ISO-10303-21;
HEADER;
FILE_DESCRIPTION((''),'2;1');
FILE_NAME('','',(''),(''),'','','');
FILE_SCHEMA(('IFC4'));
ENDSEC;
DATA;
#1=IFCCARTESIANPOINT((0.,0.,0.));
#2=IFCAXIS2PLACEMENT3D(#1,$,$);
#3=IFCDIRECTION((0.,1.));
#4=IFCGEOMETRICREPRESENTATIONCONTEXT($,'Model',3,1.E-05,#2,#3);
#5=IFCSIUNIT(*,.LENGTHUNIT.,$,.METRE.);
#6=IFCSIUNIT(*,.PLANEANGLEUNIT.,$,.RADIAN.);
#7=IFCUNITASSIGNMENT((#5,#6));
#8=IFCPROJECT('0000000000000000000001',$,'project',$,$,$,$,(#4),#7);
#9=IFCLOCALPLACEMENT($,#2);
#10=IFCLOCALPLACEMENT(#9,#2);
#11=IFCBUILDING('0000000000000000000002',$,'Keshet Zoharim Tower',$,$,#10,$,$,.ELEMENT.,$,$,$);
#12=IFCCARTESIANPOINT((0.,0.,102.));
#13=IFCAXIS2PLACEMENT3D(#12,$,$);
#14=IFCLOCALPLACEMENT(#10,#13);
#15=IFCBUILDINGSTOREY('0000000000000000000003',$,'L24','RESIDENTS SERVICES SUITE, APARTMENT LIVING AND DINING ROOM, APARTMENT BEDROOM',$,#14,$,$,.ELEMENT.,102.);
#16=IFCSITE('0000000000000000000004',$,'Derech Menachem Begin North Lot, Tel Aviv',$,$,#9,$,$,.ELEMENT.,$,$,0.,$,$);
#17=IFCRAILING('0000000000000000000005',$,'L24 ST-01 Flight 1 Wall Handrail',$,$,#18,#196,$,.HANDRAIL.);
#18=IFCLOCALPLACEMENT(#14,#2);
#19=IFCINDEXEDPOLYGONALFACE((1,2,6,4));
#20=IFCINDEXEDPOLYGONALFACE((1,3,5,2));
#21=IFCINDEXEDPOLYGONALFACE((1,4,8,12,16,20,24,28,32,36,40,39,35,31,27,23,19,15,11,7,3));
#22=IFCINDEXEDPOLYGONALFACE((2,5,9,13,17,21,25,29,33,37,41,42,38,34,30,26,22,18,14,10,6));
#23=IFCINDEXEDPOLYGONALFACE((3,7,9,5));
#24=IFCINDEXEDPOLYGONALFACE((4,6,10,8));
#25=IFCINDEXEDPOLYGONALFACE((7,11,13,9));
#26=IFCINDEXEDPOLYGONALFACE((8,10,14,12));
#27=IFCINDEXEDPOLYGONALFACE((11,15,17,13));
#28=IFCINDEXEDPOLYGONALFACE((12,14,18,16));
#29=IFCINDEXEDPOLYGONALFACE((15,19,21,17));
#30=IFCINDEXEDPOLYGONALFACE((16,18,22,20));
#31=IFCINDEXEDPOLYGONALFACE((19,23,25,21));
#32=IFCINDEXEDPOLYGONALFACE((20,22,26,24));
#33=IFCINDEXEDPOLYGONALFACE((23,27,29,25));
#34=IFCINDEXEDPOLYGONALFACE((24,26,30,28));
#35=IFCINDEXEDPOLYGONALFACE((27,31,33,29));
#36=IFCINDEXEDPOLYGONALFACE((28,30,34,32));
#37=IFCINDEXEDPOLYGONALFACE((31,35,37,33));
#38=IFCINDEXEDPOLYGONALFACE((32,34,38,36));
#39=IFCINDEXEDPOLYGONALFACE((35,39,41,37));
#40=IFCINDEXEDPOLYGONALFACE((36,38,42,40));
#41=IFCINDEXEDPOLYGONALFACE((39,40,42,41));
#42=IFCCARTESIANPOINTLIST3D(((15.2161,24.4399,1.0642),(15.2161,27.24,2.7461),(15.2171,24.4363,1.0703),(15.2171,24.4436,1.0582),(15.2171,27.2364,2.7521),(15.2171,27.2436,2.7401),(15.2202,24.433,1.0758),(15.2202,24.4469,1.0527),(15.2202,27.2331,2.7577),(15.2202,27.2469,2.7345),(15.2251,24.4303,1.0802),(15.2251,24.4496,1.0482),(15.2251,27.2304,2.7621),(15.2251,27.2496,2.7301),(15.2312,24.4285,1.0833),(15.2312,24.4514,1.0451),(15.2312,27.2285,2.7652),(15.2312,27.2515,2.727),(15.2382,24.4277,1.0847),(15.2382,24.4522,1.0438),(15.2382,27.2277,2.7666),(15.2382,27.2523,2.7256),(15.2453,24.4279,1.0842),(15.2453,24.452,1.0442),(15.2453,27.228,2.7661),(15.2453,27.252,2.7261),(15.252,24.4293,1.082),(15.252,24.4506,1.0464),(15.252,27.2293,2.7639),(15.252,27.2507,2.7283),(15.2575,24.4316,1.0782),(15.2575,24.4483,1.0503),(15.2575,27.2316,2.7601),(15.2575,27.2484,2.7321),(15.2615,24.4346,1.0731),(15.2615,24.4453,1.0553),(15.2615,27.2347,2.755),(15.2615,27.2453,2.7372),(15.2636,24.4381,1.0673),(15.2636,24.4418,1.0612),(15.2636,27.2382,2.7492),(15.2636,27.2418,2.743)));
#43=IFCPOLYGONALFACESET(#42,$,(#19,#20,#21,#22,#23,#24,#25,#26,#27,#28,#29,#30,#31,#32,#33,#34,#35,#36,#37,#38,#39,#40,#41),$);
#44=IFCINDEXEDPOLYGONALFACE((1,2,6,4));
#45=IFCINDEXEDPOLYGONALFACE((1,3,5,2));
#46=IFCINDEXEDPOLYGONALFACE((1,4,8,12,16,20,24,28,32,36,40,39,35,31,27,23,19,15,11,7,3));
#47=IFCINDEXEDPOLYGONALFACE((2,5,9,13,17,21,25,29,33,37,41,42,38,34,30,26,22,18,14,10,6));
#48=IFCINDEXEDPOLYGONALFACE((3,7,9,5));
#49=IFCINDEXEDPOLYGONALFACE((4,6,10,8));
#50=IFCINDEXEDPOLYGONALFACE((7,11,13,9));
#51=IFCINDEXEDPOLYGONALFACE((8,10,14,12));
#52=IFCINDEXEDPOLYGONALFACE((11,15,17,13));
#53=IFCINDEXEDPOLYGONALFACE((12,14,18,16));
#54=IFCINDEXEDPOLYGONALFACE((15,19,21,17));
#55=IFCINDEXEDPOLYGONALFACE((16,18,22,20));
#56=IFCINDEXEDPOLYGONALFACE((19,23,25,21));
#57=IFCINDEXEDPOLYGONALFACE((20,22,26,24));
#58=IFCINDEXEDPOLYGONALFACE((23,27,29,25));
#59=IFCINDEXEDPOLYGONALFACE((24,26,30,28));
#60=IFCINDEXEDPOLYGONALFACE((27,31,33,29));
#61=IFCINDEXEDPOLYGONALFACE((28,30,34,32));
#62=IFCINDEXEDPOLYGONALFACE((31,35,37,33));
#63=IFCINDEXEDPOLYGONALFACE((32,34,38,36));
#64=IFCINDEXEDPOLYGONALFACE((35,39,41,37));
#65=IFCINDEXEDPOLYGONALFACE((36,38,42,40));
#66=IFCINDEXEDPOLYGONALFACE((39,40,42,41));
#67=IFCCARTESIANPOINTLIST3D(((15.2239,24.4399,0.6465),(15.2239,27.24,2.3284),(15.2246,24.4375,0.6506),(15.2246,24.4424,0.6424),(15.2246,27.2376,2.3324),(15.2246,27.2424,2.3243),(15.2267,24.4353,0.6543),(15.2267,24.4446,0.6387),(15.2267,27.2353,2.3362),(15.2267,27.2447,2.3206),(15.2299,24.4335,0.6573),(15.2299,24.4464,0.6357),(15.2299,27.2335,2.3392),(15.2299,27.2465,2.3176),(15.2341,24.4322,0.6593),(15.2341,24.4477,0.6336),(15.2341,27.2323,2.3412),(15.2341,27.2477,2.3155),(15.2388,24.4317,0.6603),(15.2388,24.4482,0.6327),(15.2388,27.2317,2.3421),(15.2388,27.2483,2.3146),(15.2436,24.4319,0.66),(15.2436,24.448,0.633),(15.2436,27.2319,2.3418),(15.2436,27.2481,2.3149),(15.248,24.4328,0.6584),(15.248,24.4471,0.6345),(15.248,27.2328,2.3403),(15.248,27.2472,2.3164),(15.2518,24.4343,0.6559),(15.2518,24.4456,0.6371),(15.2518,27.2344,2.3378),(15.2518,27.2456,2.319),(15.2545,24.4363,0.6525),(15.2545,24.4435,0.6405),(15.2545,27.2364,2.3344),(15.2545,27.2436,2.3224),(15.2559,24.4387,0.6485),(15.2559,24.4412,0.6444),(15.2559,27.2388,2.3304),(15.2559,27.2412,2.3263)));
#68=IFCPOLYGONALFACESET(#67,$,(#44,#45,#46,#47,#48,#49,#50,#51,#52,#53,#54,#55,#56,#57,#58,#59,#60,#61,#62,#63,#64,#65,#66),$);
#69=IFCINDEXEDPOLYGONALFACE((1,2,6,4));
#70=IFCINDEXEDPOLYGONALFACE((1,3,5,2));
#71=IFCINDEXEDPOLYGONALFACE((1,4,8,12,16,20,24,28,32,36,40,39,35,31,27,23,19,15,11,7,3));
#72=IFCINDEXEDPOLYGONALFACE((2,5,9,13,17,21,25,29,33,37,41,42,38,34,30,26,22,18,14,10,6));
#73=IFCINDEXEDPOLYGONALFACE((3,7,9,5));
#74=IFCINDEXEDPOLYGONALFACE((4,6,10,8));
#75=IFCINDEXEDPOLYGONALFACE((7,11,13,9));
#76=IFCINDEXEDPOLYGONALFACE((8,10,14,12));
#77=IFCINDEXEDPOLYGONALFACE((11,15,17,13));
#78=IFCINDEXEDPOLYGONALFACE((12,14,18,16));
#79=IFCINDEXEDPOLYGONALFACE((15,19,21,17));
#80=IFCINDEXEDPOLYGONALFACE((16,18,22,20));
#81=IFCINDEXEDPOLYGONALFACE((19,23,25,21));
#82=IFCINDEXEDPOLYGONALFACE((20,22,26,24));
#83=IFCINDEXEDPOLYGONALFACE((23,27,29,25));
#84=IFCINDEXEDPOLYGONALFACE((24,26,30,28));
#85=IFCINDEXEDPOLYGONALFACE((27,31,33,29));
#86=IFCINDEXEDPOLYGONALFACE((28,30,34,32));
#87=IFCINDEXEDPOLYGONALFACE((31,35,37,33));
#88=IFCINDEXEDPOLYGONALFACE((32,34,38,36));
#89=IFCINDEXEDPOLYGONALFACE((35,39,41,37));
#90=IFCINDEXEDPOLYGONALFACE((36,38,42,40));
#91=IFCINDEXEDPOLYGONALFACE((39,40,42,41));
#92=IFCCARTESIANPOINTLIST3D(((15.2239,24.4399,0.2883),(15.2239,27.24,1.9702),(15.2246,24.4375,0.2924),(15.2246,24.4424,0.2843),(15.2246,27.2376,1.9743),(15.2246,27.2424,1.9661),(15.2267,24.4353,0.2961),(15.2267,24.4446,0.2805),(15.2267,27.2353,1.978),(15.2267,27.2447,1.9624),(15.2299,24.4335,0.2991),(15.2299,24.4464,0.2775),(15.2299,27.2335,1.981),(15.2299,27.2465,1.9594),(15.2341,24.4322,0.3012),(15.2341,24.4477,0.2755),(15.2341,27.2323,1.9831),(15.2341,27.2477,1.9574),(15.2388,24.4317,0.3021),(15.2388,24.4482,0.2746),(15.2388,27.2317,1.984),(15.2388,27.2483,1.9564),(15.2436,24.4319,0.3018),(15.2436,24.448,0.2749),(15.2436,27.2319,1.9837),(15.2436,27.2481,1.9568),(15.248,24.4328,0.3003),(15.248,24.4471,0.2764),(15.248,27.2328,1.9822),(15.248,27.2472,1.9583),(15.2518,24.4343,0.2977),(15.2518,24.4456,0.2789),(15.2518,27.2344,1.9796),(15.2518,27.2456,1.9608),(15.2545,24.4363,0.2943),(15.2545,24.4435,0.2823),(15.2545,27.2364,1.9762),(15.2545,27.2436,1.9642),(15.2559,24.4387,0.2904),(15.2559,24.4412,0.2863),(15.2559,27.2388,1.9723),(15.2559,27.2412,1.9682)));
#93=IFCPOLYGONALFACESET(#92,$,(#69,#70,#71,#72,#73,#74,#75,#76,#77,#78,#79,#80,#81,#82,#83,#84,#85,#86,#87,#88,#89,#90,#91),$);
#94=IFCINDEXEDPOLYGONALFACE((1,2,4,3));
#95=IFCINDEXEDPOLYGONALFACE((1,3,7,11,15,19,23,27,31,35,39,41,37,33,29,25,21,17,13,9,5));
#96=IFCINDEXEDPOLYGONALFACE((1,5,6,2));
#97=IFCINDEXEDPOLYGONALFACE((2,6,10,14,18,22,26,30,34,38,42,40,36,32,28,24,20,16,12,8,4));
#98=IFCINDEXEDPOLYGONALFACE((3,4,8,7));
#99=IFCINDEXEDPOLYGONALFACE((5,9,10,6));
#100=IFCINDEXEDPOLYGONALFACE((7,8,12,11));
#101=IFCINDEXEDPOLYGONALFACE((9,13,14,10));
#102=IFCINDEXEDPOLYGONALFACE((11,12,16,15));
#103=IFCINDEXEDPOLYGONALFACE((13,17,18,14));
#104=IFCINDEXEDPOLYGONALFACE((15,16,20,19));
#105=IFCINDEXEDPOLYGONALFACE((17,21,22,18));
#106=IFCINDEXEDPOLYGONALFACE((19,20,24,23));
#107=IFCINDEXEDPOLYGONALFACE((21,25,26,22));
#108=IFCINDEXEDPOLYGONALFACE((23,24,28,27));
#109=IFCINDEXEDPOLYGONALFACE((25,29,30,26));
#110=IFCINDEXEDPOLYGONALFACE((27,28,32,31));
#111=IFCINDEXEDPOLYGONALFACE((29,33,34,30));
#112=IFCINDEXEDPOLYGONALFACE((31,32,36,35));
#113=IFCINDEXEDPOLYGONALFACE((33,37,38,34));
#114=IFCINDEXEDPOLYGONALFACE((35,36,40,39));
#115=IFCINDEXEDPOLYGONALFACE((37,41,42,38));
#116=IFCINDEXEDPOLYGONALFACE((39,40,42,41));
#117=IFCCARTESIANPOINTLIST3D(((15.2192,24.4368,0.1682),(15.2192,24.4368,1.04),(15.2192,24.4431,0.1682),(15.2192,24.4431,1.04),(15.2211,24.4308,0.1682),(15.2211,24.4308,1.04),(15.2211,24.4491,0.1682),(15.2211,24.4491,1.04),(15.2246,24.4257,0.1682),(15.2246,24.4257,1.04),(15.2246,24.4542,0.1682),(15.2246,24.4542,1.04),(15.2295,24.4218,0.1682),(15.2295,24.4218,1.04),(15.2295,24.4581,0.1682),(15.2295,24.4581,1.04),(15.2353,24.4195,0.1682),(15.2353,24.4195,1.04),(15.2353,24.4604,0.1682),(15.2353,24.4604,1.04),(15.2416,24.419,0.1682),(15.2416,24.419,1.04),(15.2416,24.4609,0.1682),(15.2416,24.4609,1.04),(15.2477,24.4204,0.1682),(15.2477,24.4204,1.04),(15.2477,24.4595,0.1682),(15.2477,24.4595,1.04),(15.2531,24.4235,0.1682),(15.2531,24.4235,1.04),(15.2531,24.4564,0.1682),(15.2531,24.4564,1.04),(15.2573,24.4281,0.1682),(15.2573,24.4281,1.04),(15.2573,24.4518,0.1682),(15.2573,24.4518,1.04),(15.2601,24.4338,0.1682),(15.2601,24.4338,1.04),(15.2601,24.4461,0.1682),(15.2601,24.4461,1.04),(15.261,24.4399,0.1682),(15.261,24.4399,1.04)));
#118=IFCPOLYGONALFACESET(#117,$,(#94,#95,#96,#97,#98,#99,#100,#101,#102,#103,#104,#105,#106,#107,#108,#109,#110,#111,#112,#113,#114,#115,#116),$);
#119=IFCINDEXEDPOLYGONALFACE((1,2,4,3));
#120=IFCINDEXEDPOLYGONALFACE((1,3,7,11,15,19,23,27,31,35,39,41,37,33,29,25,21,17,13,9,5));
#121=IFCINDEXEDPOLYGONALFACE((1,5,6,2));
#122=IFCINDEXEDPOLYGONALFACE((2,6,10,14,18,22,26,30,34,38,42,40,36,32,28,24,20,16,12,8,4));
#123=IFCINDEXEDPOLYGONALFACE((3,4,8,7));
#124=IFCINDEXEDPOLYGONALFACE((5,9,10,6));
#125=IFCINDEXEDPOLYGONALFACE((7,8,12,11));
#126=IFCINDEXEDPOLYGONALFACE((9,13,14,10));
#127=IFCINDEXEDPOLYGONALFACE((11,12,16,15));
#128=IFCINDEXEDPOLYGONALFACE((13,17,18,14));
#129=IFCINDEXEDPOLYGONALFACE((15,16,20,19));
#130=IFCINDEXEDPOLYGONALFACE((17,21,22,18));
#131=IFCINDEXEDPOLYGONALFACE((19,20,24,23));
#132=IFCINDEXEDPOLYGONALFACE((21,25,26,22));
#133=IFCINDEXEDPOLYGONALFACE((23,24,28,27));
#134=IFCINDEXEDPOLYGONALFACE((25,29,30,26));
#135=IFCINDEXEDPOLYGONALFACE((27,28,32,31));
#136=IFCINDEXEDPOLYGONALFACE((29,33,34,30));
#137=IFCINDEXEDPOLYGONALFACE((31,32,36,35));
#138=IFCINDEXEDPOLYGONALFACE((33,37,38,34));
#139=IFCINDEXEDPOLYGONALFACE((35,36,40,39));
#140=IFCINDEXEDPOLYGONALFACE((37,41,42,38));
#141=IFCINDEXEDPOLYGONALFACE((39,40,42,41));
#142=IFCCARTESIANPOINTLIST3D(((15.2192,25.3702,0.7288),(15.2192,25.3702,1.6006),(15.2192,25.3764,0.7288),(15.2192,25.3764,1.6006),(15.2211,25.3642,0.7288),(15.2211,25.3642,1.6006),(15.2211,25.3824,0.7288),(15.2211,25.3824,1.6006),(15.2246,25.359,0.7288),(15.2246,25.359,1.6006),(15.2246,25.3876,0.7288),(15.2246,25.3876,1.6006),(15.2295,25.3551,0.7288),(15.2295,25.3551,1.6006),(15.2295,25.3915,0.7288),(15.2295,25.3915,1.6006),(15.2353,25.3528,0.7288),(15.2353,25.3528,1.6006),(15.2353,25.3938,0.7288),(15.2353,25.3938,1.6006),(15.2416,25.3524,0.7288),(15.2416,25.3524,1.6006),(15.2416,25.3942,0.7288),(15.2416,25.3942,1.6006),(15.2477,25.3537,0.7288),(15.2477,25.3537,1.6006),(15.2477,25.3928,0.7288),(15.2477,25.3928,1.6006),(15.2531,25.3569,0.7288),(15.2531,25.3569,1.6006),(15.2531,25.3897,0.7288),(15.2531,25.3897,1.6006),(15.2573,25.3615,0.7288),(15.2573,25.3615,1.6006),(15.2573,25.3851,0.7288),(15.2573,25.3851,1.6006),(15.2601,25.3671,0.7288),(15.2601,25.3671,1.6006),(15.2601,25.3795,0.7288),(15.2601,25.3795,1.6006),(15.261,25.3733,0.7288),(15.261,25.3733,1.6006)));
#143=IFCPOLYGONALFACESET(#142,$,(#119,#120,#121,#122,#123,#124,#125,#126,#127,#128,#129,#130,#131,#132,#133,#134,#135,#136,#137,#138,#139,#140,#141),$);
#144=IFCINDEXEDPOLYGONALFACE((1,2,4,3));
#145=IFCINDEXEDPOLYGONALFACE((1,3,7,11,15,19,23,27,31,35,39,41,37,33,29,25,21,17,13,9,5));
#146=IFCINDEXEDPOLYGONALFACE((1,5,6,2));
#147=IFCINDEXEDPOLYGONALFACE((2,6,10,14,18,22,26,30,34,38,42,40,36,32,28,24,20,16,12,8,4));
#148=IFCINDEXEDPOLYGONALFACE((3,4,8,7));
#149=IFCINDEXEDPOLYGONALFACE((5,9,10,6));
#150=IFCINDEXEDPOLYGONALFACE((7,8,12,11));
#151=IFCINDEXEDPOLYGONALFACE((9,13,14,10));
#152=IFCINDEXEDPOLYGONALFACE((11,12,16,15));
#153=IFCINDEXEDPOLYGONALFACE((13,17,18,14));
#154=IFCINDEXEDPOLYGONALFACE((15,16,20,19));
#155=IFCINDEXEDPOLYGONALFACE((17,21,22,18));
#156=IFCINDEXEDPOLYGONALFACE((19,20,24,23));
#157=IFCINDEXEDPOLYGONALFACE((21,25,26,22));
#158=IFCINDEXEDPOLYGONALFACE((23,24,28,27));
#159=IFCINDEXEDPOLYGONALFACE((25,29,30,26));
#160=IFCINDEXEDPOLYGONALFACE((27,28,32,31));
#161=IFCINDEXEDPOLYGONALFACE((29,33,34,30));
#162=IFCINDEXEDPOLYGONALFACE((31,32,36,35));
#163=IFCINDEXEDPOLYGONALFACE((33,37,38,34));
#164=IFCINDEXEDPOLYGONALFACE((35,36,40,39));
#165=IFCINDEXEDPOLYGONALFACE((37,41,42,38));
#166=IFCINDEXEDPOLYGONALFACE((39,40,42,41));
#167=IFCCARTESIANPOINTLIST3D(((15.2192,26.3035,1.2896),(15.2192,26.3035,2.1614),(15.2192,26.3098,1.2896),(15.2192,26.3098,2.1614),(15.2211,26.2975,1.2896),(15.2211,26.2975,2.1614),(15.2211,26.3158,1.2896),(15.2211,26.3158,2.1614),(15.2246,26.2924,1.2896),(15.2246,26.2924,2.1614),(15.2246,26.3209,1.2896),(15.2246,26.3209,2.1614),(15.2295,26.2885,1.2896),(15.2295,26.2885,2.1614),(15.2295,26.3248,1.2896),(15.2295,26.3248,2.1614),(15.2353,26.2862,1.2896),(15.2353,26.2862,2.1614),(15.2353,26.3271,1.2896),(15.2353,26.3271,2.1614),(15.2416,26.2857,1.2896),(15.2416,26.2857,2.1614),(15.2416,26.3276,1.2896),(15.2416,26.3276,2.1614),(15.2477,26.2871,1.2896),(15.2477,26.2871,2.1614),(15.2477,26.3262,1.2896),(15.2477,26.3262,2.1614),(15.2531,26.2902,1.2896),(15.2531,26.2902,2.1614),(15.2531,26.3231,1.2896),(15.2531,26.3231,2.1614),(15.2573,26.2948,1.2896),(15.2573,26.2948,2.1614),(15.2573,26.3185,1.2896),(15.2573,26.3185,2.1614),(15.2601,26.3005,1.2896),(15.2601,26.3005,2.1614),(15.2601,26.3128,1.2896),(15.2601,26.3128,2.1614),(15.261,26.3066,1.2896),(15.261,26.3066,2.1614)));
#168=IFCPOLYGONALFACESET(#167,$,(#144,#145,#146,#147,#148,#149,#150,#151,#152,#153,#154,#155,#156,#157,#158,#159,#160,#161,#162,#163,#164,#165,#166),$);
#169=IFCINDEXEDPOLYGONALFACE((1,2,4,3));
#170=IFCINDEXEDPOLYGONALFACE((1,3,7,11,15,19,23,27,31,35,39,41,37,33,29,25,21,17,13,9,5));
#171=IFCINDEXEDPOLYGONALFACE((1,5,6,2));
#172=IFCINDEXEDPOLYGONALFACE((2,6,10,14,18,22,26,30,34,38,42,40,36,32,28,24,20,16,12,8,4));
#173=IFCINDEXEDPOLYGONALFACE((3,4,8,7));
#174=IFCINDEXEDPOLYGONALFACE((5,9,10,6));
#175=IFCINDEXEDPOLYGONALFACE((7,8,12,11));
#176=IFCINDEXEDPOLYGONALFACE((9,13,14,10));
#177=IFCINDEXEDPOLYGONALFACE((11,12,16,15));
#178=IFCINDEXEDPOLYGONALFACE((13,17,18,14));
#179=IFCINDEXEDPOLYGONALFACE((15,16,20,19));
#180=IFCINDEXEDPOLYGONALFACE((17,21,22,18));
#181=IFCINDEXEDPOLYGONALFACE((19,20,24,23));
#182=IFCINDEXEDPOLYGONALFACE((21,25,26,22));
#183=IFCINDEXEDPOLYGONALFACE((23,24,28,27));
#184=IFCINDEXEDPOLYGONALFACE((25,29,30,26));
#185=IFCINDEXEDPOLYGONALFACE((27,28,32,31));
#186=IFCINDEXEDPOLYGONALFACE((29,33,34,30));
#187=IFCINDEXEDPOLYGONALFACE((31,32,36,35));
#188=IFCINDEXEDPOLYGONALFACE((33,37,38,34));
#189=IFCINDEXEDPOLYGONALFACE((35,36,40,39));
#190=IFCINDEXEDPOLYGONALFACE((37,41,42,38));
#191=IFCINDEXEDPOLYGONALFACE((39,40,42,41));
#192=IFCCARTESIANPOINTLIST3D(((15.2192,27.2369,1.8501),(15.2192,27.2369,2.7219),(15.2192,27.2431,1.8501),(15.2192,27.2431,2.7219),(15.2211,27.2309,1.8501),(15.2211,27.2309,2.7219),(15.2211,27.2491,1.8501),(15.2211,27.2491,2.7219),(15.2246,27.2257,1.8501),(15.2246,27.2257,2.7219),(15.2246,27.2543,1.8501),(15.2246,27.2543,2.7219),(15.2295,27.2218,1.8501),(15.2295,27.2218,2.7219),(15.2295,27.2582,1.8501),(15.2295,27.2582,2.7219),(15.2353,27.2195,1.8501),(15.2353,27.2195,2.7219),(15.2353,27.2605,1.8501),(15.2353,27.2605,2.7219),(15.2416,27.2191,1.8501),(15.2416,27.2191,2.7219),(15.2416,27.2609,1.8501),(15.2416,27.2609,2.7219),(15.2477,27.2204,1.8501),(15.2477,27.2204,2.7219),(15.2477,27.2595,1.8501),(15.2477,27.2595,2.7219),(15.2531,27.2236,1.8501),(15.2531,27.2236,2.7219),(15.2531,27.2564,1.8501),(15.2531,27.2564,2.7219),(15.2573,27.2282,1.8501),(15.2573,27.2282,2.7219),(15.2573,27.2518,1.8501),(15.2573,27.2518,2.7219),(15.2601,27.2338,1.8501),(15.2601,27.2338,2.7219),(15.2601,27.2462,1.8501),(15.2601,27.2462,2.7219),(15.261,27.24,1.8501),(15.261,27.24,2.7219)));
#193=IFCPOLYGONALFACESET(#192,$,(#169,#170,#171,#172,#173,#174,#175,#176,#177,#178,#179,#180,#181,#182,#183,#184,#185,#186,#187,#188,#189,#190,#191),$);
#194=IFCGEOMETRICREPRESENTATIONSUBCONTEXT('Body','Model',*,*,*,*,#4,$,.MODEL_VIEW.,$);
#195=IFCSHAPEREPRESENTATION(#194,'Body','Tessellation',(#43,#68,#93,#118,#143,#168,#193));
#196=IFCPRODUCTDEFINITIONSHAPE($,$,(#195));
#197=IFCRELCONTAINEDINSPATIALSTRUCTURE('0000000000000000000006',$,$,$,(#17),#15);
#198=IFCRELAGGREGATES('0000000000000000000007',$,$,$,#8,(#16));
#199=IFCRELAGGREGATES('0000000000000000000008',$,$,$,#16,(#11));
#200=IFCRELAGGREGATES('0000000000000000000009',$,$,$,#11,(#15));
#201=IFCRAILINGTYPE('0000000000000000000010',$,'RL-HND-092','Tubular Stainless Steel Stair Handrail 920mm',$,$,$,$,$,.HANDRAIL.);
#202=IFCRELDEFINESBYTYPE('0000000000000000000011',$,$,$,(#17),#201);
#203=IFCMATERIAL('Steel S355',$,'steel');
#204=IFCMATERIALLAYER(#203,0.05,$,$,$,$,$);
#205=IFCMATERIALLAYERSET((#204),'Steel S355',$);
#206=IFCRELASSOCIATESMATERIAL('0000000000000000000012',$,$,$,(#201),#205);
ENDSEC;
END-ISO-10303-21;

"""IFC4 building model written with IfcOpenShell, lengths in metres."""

from ifc_helpers import new_model, si_unit, direction, frame, origin, origin_2d, place, context, subcontext, project, spatial, circle, extrude, material, layer, layer_set, type_object, element, save


model = new_model("IFC4")

# Units and contexts
model_context = context("Model", 3, precision=1e-05, world=origin(), true_north=direction((0.0, 1.0)))
body_context = subcontext(model_context, "Body", "Model", "MODEL_VIEW")
ifc_project = project(units=[si_unit("LENGTHUNIT", "METRE"), si_unit("PLANEANGLEUNIT", "RADIAN")], contexts=[model_context])

# Site, building, storey
site_placement = place(None, origin())
site = spatial("IfcSite", under=ifc_project, at=site_placement, Name="Derech Menachem Begin North Lot, Tel Aviv", CompositionType="ELEMENT", RefElevation=0.0)
building_placement = place(site_placement, origin())
building = spatial("IfcBuilding", under=site, at=building_placement, Name="Keshet Zoharim Tower", CompositionType="ELEMENT")
storey_placement = place(building_placement, frame((0.0, 0.0, 102.0)))
storey = spatial("IfcBuildingStorey", under=building, at=storey_placement, Name="L24", Description="RESIDENTS SERVICES SUITE, APARTMENT LIVING AND DINING ROOM, APARTMENT BEDROOM", CompositionType="ELEMENT", Elevation=102.0)

# Railing
ifc_material_1 = material(Name="Steel S355", Category="steel")
ifc_layer_1 = layer(ifc_material_1, 0.05)
ifc_layer_set_1 = layer_set([ifc_layer_1], Name="Steel S355")
railing_type_1 = type_object("IfcRailingType", Name="RL-HND-092", Description="Tubular Stainless Steel Stair Handrail 920mm", PredefinedType="HANDRAIL", material=ifc_layer_set_1)
railing_1_placement = place(storey_placement, frame((15.24, 24.4399, 0.1682)))
element("IfcRailing", 1, at=railing_1_placement, inside=storey, type_object=railing_type_1, Name="L24 ST-01 Flight 1 Wall Handrail", PredefinedType="HANDRAIL", context=body_context, shape_type="SweptSolid", body=[
    extrude(circle(Radius=0.0239, at=origin_2d()), frame((0.0, 0.0, 0.896), z_axis=(0.0, 0.857242, 0.514913), x_axis=(-1.0, 0.0, 0.0)), (0.0, 0.0, 1.0), 3.2664),
    extrude(circle(Radius=0.0161, at=origin_2d()), frame((0.0, 0.0, 0.4783), z_axis=(0.0, 0.857242, 0.514913), x_axis=(-1.0, 0.0, 0.0)), (0.0, 0.0, 1.0), 3.2664),
    extrude(circle(Radius=0.0161, at=origin_2d()), frame((0.0, 0.0, 0.1201), z_axis=(0.0, 0.857242, 0.514913), x_axis=(-1.0, 0.0, 0.0)), (0.0, 0.0, 1.0), 3.2664),
    extrude(circle(Radius=0.021, at=origin_2d()), origin(), (0.0, 0.0, 1.0), 0.8718),
    extrude(circle(Radius=0.021, at=origin_2d()), frame((0.0, 0.9333, 0.5605)), (0.0, 0.0, 1.0), 0.8718),
    extrude(circle(Radius=0.021, at=origin_2d()), frame((0.0, 1.8667, 1.1213)), (0.0, 0.0, 1.0), 0.8718),
    extrude(circle(Radius=0.021, at=origin_2d()), frame((0.0, 2.8, 1.6819)), (0.0, 0.0, 1.0), 0.8718),
])

save(model, "model.ifc")
